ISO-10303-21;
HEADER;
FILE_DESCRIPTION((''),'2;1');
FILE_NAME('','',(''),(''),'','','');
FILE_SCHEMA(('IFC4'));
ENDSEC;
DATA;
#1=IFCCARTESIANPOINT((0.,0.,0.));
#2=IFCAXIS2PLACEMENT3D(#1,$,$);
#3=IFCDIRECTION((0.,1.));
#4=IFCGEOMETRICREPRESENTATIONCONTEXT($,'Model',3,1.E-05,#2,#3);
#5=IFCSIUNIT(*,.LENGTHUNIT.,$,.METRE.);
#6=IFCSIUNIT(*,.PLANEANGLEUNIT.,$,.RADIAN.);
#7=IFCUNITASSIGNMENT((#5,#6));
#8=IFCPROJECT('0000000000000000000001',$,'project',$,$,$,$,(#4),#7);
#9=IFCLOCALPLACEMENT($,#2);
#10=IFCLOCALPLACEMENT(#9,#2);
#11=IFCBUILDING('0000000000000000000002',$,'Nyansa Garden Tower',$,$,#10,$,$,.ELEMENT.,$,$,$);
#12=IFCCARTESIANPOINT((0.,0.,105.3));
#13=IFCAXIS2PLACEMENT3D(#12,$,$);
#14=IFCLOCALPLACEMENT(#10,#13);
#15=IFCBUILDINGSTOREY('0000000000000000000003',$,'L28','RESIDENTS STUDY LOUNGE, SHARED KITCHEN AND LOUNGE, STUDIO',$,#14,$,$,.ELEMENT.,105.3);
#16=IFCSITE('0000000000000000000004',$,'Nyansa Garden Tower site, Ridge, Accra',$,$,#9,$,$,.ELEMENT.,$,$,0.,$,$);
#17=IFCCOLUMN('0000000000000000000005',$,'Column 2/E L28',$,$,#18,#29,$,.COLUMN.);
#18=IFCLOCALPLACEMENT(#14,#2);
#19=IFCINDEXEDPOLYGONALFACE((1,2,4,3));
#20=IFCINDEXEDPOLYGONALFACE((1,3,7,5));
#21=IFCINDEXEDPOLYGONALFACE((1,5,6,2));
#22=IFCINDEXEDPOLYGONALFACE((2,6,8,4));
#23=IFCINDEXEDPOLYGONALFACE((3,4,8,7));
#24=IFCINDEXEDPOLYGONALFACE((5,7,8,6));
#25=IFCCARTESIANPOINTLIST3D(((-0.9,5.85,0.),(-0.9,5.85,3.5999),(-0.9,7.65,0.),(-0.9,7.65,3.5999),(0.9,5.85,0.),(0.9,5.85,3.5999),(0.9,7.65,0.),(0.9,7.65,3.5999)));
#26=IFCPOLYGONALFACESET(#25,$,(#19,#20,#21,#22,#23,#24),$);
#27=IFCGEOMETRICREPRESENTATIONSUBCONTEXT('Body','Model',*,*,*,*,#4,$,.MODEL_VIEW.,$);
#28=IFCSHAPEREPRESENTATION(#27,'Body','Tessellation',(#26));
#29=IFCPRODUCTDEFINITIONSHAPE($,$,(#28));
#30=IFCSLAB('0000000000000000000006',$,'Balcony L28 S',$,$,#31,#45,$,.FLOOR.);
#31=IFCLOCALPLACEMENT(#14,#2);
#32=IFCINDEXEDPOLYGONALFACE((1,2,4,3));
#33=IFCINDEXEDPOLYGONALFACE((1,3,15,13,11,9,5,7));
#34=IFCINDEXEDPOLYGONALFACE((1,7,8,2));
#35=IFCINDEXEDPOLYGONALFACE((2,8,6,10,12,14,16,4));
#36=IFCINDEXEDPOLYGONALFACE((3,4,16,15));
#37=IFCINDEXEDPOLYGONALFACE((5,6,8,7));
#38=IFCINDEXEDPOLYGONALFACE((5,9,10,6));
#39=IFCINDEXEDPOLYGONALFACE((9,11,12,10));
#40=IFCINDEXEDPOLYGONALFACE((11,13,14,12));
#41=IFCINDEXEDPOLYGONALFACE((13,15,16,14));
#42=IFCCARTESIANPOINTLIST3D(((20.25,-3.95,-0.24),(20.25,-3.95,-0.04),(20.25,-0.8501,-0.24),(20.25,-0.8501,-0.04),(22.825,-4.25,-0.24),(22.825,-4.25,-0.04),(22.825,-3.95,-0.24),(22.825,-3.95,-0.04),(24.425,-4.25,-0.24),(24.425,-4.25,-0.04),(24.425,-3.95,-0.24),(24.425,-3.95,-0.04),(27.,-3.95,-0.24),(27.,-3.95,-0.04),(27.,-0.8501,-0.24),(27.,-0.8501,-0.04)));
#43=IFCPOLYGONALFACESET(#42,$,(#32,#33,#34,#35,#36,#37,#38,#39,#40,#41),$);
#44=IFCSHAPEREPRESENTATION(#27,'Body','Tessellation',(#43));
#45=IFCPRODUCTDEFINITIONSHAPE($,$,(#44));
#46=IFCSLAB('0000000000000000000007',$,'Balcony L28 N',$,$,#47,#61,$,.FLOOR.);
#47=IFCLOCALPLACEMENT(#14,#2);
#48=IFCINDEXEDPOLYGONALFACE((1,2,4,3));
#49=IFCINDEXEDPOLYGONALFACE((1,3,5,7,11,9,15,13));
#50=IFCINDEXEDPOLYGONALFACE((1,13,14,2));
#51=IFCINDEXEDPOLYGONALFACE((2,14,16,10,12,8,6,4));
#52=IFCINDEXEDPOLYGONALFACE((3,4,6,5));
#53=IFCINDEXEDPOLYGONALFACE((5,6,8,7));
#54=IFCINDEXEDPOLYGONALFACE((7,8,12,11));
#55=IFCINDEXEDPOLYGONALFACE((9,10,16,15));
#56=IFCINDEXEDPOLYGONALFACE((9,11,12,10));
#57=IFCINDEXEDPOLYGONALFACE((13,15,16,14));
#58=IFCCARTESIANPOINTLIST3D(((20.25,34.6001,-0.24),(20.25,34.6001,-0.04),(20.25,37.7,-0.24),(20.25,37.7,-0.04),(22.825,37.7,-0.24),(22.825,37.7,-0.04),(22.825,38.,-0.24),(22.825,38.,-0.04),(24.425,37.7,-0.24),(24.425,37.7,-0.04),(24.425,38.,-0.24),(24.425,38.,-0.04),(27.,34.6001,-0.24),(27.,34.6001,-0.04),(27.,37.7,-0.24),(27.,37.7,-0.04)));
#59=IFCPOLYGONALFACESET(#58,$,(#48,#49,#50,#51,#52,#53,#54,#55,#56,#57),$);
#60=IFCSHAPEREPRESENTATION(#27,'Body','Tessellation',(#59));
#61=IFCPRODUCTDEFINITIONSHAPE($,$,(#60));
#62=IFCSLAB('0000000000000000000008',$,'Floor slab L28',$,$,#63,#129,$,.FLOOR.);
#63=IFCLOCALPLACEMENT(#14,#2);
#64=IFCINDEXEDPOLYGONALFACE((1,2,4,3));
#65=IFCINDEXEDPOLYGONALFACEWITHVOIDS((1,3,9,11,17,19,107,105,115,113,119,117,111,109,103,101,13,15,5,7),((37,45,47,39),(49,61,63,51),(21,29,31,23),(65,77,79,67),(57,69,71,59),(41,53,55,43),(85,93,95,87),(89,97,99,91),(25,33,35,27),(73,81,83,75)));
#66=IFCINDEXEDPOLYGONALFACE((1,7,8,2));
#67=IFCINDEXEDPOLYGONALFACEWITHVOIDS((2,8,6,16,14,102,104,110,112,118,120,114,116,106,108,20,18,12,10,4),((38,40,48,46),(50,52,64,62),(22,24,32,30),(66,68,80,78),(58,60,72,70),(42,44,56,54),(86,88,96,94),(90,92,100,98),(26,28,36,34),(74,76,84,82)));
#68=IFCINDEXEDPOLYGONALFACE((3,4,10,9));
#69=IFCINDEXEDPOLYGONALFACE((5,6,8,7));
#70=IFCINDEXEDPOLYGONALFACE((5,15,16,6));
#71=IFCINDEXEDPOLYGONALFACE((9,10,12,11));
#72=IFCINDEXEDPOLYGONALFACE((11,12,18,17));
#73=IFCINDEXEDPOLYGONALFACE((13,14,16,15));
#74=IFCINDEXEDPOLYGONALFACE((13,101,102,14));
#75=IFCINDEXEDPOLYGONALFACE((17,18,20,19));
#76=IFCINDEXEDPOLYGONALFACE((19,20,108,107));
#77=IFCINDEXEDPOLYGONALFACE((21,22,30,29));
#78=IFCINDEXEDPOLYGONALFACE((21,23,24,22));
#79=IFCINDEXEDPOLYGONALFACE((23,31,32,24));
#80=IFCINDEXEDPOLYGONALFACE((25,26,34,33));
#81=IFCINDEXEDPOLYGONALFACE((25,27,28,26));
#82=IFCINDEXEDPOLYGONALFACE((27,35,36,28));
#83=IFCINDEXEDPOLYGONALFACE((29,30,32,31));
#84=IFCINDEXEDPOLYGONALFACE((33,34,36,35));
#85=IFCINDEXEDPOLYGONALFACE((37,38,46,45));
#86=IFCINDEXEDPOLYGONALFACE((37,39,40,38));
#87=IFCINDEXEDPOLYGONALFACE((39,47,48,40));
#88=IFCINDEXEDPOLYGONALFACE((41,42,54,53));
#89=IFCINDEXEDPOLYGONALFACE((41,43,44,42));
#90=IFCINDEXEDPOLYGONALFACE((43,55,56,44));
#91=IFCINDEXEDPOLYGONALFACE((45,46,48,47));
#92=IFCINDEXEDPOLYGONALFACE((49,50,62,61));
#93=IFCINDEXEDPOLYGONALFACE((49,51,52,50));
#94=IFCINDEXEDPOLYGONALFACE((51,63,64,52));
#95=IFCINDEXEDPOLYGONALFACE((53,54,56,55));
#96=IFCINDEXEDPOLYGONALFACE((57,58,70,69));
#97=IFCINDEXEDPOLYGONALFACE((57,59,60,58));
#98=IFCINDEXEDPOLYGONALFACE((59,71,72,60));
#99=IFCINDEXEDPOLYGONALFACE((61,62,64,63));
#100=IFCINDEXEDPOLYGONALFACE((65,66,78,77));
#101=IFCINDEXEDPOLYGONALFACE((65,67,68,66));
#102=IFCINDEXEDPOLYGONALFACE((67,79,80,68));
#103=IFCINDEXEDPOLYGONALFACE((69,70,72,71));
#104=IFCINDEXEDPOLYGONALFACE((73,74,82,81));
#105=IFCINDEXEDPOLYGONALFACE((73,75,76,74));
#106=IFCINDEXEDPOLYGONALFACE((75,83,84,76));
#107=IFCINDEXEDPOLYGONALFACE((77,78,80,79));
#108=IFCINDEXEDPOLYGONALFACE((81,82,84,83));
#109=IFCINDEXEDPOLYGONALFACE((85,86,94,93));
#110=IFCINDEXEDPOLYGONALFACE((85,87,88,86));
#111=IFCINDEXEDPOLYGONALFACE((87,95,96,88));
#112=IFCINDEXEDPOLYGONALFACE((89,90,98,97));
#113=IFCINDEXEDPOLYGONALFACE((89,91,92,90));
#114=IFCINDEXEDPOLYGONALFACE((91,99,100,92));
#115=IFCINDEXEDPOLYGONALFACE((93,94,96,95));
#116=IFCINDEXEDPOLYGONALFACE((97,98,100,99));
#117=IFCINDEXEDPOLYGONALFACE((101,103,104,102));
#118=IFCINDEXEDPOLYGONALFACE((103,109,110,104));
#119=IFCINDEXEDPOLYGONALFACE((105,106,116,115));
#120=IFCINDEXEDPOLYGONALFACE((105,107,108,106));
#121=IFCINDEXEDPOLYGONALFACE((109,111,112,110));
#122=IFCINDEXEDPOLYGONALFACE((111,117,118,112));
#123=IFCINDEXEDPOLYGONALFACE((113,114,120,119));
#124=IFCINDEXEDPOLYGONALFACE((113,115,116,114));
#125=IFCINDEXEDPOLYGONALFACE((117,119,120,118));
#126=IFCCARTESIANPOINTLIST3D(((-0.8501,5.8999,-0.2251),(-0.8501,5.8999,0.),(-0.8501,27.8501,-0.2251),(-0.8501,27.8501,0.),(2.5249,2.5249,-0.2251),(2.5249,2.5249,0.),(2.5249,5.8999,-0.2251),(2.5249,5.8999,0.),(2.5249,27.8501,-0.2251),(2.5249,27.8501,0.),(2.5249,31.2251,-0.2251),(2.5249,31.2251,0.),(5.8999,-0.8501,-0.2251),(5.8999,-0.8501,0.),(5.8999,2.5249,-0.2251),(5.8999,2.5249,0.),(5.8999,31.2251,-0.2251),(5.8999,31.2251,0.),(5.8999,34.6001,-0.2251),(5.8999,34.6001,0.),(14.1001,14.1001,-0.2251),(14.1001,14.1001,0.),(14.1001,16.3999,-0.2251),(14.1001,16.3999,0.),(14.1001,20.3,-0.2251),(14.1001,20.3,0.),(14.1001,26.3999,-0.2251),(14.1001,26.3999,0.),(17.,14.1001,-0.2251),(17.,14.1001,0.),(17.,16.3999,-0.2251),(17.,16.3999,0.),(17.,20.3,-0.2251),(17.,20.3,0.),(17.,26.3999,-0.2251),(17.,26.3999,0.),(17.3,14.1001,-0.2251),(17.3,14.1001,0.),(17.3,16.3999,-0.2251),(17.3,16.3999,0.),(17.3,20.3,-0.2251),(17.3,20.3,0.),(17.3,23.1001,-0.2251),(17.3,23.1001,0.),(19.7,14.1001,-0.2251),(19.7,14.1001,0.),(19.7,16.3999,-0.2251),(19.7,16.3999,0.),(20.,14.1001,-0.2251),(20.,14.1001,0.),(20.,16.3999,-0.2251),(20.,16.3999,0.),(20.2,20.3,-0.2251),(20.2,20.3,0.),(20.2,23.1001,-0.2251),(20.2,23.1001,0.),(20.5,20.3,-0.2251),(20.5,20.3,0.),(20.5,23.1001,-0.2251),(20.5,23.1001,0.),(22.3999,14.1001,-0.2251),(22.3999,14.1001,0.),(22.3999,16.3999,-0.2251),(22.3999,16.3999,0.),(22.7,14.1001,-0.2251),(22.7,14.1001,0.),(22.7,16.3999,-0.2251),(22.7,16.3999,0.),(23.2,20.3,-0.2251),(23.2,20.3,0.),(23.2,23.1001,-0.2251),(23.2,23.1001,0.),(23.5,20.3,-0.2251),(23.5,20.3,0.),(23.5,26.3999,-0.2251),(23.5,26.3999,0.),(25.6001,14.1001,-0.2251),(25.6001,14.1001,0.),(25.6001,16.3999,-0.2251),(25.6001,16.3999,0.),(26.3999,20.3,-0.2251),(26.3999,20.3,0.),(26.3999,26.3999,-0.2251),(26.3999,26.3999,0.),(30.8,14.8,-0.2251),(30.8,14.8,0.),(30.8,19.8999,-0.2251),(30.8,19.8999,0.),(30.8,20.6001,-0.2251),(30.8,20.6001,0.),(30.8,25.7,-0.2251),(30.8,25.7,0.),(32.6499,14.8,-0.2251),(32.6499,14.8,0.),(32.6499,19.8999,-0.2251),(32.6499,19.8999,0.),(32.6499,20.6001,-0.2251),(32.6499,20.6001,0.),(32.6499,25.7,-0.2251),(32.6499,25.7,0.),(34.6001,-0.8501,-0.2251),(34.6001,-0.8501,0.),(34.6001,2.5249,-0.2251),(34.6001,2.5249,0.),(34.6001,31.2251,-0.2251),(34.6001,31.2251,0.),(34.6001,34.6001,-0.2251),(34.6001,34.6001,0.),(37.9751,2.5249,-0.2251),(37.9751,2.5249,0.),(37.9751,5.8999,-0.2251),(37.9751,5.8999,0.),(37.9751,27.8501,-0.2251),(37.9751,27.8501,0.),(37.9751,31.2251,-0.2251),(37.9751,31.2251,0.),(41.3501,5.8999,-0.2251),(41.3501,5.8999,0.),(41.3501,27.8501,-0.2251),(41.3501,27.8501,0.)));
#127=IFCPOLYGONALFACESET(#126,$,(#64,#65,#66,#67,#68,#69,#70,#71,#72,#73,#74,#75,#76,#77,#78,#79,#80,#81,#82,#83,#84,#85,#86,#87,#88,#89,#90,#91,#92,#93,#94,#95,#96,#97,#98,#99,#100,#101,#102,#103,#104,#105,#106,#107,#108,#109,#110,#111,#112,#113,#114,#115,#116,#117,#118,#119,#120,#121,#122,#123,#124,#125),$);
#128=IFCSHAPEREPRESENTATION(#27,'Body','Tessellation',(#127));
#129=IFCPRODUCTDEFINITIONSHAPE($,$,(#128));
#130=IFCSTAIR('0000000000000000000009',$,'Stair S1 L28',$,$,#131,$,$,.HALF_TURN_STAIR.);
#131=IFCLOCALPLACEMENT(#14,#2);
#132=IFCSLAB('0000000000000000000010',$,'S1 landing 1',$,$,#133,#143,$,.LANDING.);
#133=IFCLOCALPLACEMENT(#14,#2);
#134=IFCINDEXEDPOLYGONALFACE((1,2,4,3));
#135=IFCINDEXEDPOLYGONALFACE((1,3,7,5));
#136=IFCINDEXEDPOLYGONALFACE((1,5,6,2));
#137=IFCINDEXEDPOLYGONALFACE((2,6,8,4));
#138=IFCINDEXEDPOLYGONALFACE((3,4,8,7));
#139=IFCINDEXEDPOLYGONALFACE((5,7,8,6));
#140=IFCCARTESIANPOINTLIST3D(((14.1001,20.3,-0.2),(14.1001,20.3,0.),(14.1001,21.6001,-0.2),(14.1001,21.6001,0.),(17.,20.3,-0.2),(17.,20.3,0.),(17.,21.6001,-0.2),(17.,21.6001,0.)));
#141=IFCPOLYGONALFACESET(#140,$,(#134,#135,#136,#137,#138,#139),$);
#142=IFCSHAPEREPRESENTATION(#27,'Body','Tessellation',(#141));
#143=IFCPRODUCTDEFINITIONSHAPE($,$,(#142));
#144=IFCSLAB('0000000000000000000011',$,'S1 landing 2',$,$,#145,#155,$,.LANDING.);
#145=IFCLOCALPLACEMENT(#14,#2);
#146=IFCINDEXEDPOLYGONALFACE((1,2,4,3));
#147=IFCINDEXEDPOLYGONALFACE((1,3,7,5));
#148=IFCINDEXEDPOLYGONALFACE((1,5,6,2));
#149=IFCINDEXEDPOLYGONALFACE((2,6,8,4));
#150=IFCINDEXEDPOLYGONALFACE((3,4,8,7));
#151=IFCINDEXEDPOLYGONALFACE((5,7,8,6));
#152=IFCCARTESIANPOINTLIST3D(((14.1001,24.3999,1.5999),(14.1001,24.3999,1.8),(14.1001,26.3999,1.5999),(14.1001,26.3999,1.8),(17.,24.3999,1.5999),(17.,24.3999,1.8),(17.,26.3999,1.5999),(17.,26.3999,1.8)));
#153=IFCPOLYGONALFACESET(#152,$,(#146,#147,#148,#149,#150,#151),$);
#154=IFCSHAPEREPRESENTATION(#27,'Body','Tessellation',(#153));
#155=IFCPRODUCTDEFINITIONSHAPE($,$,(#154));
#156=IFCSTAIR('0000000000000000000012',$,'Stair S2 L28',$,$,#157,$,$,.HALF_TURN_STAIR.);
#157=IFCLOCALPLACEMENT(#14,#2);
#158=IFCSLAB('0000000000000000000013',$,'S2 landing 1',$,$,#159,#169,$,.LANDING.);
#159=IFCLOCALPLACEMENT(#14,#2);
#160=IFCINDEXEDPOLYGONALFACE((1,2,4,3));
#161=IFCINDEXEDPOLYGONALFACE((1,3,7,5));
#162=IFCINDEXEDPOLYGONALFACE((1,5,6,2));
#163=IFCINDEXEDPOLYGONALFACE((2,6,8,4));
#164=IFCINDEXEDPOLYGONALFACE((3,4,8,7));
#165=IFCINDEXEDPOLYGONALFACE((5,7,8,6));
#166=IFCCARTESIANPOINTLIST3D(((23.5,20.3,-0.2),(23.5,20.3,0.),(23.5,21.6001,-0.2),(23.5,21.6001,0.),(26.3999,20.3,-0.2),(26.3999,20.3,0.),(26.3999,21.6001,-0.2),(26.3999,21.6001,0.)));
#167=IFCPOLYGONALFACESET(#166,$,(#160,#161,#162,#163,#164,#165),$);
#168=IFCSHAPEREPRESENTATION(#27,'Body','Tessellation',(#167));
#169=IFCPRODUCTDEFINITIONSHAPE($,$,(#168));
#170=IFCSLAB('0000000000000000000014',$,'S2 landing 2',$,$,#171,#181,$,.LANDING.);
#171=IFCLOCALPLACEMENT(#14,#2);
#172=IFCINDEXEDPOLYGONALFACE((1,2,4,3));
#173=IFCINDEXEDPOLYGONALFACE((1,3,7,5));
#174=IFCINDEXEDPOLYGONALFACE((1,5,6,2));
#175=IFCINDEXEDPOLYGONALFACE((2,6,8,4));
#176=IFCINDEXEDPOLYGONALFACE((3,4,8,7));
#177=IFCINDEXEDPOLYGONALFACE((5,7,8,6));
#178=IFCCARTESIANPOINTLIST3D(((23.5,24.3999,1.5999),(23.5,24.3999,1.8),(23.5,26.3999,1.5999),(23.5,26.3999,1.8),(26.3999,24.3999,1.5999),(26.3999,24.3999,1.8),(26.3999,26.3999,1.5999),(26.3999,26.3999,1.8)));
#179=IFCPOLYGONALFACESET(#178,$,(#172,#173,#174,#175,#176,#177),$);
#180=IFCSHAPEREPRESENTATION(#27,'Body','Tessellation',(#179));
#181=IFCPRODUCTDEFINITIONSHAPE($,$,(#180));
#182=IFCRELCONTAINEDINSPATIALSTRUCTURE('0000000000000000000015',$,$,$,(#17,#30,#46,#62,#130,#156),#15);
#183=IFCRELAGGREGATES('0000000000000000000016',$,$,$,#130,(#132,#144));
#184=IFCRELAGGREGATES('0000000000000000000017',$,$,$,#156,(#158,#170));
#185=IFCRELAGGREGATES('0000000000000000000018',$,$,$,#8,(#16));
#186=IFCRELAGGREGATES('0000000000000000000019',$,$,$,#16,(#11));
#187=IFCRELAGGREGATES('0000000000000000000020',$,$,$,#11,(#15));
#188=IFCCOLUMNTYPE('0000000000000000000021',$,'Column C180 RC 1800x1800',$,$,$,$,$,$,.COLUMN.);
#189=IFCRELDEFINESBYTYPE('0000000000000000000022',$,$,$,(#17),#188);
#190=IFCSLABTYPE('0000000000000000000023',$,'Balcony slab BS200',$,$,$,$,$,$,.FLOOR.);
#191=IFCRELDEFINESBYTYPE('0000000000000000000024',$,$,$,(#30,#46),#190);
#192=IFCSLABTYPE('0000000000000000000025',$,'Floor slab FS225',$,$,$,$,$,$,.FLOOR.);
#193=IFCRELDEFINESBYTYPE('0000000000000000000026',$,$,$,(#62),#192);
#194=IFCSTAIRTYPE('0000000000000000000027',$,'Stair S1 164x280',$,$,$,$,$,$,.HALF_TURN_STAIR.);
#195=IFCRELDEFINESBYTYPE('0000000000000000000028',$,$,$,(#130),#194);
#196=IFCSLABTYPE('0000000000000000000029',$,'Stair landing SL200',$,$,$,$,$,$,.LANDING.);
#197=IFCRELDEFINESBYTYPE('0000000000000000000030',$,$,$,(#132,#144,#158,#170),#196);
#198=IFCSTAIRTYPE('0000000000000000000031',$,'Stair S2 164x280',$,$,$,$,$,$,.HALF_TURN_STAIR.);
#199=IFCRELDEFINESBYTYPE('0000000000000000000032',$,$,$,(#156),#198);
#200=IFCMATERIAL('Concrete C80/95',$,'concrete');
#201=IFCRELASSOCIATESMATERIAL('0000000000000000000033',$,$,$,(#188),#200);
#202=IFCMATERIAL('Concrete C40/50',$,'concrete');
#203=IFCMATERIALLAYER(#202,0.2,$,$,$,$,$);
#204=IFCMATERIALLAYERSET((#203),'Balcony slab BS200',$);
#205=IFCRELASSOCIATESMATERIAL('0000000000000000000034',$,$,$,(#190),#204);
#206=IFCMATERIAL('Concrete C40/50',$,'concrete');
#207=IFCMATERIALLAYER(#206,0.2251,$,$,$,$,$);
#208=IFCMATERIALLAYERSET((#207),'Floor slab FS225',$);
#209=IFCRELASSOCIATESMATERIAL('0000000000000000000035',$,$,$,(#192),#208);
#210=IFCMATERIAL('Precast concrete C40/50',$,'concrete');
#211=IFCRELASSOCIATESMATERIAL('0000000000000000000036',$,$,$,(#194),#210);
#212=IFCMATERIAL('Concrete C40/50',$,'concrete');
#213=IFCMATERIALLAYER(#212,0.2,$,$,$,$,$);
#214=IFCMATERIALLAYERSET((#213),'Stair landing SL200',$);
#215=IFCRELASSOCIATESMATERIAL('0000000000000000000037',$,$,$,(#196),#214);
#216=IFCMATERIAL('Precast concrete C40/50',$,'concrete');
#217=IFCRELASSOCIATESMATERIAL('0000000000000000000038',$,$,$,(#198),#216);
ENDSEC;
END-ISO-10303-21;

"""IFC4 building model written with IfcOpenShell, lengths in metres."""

from ifc_helpers import new_model, si_unit, direction, frame, origin, origin_2d, place, context, subcontext, project, spatial, polyline, rectangle, outline, extrude, material, layer, layer_set, material_profile, profile_set, type_object, element, aggregate, save


model = new_model("IFC4")

# Units and contexts
model_context = context("Model", 3, precision=1e-05, world=origin(), true_north=direction((0.0, 1.0)))
body_context = subcontext(model_context, "Body", "Model", "MODEL_VIEW")
ifc_project = project(units=[si_unit("LENGTHUNIT", "METRE"), si_unit("PLANEANGLEUNIT", "RADIAN")], contexts=[model_context])

# Site, building, storey
site_placement = place(None, origin())
site = spatial("IfcSite", under=ifc_project, at=site_placement, Name="Nyansa Garden Tower site, Ridge, Accra", CompositionType="ELEMENT", RefElevation=0.0)
building_placement = place(site_placement, origin())
building = spatial("IfcBuilding", under=site, at=building_placement, Name="Nyansa Garden Tower", CompositionType="ELEMENT")
storey_placement = place(building_placement, frame((0.0, 0.0, 105.3)))
storey = spatial("IfcBuildingStorey", under=building, at=storey_placement, Name="L28", Description="RESIDENTS STUDY LOUNGE, SHARED KITCHEN AND LOUNGE, STUDIO", CompositionType="ELEMENT", Elevation=105.3)

# Column
ifc_material_1 = material(Name="Concrete C80/95", Category="concrete")
ifc_material_profile = material_profile(ifc_material_1, rectangle(XDim=1.8, YDim=1.8, at=origin_2d()), Name="RC 1800x1800")
ifc_profile_set = profile_set([ifc_material_profile], Name="Concrete C80/95")
column_type = type_object("IfcColumnType", Name="Column C180 RC 1800x1800", PredefinedType="COLUMN", material=ifc_profile_set)
column_placement = place(storey_placement, frame((0.0, 6.75, 0.0), z_axis=(0.0, 0.0, 1.0), x_axis=(1.0, 0.0, 0.0)))
element("IfcColumn", 1, at=column_placement, inside=storey, type_object=column_type, Name="Column 2/E L28", PredefinedType="COLUMN", context=body_context, shape_type="SweptSolid", body=[
    extrude(rectangle(XDim=1.8, YDim=1.8, at=origin_2d()), origin(), (0.0, 0.0, 1.0), 3.5999),
])

# Slabs
ifc_material_2 = material(Name="Concrete C40/50", Category="concrete")
ifc_layer_1 = layer(ifc_material_2, 0.2)
ifc_layer_set_1 = layer_set([ifc_layer_1], Name="Balcony slab BS200")
slab_type_1 = type_object("IfcSlabType", Name="Balcony slab BS200", PredefinedType="FLOOR", material=ifc_layer_set_1)
slab_1_placement = place(storey_placement, frame((0.0, 0.0, -0.24)))
element("IfcSlab", 2, at=slab_1_placement, inside=storey, type_object=slab_type_1, Name="Balcony L28 S", PredefinedType="FLOOR", context=body_context, shape_type="SweptSolid", body=[
    extrude(outline(polyline([(20.25, -0.8501), (27.0, -0.8501), (27.0, -3.95), (24.425, -3.95), (24.425, -4.25), (22.825, -4.25), (22.825, -3.95), (20.25, -3.95), (20.25, -0.8501)])), origin(), (0.0, 0.0, 1.0), 0.2),
])
slab_2_placement = place(storey_placement, frame((0.0, 0.0, -0.24)))
element("IfcSlab", 3, at=slab_2_placement, inside=storey, type_object=slab_type_1, Name="Balcony L28 N", PredefinedType="FLOOR", context=body_context, shape_type="SweptSolid", body=[
    extrude(outline(polyline([(20.25, 34.6001), (27.0, 34.6001), (27.0, 37.7), (24.425, 37.7), (24.425, 38.0), (22.825, 38.0), (22.825, 37.7), (20.25, 37.7), (20.25, 34.6001)])), origin(), (0.0, 0.0, 1.0), 0.2),
])
ifc_material_3 = material(Name="Concrete C40/50", Category="concrete")
ifc_layer_2 = layer(ifc_material_3, 0.2251)
ifc_layer_set_2 = layer_set([ifc_layer_2], Name="Floor slab FS225")
slab_type_2 = type_object("IfcSlabType", Name="Floor slab FS225", PredefinedType="FLOOR", material=ifc_layer_set_2)
slab_3_placement = place(storey_placement, frame((0.0, 0.0, -0.2251)))
element("IfcSlab", 4, at=slab_3_placement, inside=storey, type_object=slab_type_2, Name="Floor slab L28", PredefinedType="FLOOR", context=body_context, shape_type="SweptSolid", body=[
    extrude(outline(polyline([(41.3501, 5.8999), (37.9751, 5.8999), (37.9751, 2.5249), (34.6001, 2.5249), (34.6001, -0.8501), (5.8999, -0.8501), (5.8999, 2.5249), (2.5249, 2.5249), (2.5249, 5.8999), (-0.8501, 5.8999), (-0.8501, 27.8501), (2.5249, 27.8501), (2.5249, 31.2251), (5.8999, 31.2251), (5.8999, 34.6001), (34.6001, 34.6001), (34.6001, 31.2251), (37.9751, 31.2251), (37.9751, 27.8501), (41.3501, 27.8501), (41.3501, 5.8999)]), holes=[polyline([(14.1001, 14.1001), (17.0, 14.1001), (17.0, 16.3999), (14.1001, 16.3999), (14.1001, 14.1001)]), polyline([(17.3, 14.1001), (19.7, 14.1001), (19.7, 16.3999), (17.3, 16.3999), (17.3, 14.1001)]), polyline([(20.0, 14.1001), (22.3999, 14.1001), (22.3999, 16.3999), (20.0, 16.3999), (20.0, 14.1001)]), polyline([(22.7, 14.1001), (25.6001, 14.1001), (25.6001, 16.3999), (22.7, 16.3999), (22.7, 14.1001)]), polyline([(17.3, 20.3), (20.2, 20.3), (20.2, 23.1001), (17.3, 23.1001), (17.3, 20.3)]), polyline([(20.5, 20.3), (23.2, 20.3), (23.2, 23.1001), (20.5, 23.1001), (20.5, 20.3)]), polyline([(30.8, 14.8), (32.6499, 14.8), (32.6499, 19.8999), (30.8, 19.8999), (30.8, 14.8)]), polyline([(30.8, 20.6001), (32.6499, 20.6001), (32.6499, 25.7), (30.8, 25.7), (30.8, 20.6001)]), polyline([(14.1001, 20.3), (17.0, 20.3), (17.0, 26.3999), (14.1001, 26.3999), (14.1001, 20.3)]), polyline([(23.5, 20.3), (26.3999, 20.3), (26.3999, 26.3999), (23.5, 26.3999), (23.5, 20.3)])]), origin(), (0.0, 0.0, 1.0), 0.2251),
])

# Stairs, slabs
ifc_material_4 = material(Name="Precast concrete C40/50", Category="concrete")
stair_type_1 = type_object("IfcStairType", Name="Stair S1 164x280", PredefinedType="HALF_TURN_STAIR", material=ifc_material_4)
stair_1_placement = place(storey_placement, origin())
stair_1 = element("IfcStair", 5, at=stair_1_placement, inside=storey, type_object=stair_type_1, Name="Stair S1 L28", PredefinedType="HALF_TURN_STAIR")
ifc_material_5 = material(Name="Concrete C40/50", Category="concrete")
ifc_layer_3 = layer(ifc_material_5, 0.2)
ifc_layer_set_3 = layer_set([ifc_layer_3], Name="Stair landing SL200")
slab_type_3 = type_object("IfcSlabType", Name="Stair landing SL200", PredefinedType="LANDING", material=ifc_layer_set_3)
slab_4_placement = place(storey_placement, frame((0.0, 0.0, -0.2)))
slab_4 = element("IfcSlab", 6, at=slab_4_placement, type_object=slab_type_3, Name="S1 landing 1", PredefinedType="LANDING", context=body_context, shape_type="SweptSolid", body=[
    extrude(outline(polyline([(14.1001, 20.3), (17.0, 20.3), (17.0, 21.6001), (14.1001, 21.6001), (14.1001, 20.3)])), origin(), (0.0, 0.0, 1.0), 0.2),
])
slab_5_placement = place(storey_placement, frame((0.0, 0.0, 1.5999)))
slab_5 = element("IfcSlab", 7, at=slab_5_placement, type_object=slab_type_3, Name="S1 landing 2", PredefinedType="LANDING", context=body_context, shape_type="SweptSolid", body=[
    extrude(outline(polyline([(14.1001, 24.3999), (17.0, 24.3999), (17.0, 26.3999), (14.1001, 26.3999), (14.1001, 24.3999)])), origin(), (0.0, 0.0, 1.0), 0.2002),
])
aggregate(stair_1, [slab_4, slab_5])
ifc_material_6 = material(Name="Precast concrete C40/50", Category="concrete")
stair_type_2 = type_object("IfcStairType", Name="Stair S2 164x280", PredefinedType="HALF_TURN_STAIR", material=ifc_material_6)
stair_2_placement = place(storey_placement, origin())
stair_2 = element("IfcStair", 8, at=stair_2_placement, inside=storey, type_object=stair_type_2, Name="Stair S2 L28", PredefinedType="HALF_TURN_STAIR")
slab_6_placement = place(storey_placement, frame((0.0, 0.0, -0.2)))
slab_6 = element("IfcSlab", 9, at=slab_6_placement, type_object=slab_type_3, Name="S2 landing 1", PredefinedType="LANDING", context=body_context, shape_type="SweptSolid", body=[
    extrude(outline(polyline([(23.5, 20.3), (26.3999, 20.3), (26.3999, 21.6001), (23.5, 21.6001), (23.5, 20.3)])), origin(), (0.0, 0.0, 1.0), 0.2),
])
slab_7_placement = place(storey_placement, frame((0.0, 0.0, 1.5999)))
slab_7 = element("IfcSlab", 10, at=slab_7_placement, type_object=slab_type_3, Name="S2 landing 2", PredefinedType="LANDING", context=body_context, shape_type="SweptSolid", body=[
    extrude(outline(polyline([(23.5, 24.3999), (26.3999, 24.3999), (26.3999, 26.3999), (23.5, 26.3999), (23.5, 24.3999)])), origin(), (0.0, 0.0, 1.0), 0.2002),
])
aggregate(stair_2, [slab_6, slab_7])

save(model, "model.ifc")
